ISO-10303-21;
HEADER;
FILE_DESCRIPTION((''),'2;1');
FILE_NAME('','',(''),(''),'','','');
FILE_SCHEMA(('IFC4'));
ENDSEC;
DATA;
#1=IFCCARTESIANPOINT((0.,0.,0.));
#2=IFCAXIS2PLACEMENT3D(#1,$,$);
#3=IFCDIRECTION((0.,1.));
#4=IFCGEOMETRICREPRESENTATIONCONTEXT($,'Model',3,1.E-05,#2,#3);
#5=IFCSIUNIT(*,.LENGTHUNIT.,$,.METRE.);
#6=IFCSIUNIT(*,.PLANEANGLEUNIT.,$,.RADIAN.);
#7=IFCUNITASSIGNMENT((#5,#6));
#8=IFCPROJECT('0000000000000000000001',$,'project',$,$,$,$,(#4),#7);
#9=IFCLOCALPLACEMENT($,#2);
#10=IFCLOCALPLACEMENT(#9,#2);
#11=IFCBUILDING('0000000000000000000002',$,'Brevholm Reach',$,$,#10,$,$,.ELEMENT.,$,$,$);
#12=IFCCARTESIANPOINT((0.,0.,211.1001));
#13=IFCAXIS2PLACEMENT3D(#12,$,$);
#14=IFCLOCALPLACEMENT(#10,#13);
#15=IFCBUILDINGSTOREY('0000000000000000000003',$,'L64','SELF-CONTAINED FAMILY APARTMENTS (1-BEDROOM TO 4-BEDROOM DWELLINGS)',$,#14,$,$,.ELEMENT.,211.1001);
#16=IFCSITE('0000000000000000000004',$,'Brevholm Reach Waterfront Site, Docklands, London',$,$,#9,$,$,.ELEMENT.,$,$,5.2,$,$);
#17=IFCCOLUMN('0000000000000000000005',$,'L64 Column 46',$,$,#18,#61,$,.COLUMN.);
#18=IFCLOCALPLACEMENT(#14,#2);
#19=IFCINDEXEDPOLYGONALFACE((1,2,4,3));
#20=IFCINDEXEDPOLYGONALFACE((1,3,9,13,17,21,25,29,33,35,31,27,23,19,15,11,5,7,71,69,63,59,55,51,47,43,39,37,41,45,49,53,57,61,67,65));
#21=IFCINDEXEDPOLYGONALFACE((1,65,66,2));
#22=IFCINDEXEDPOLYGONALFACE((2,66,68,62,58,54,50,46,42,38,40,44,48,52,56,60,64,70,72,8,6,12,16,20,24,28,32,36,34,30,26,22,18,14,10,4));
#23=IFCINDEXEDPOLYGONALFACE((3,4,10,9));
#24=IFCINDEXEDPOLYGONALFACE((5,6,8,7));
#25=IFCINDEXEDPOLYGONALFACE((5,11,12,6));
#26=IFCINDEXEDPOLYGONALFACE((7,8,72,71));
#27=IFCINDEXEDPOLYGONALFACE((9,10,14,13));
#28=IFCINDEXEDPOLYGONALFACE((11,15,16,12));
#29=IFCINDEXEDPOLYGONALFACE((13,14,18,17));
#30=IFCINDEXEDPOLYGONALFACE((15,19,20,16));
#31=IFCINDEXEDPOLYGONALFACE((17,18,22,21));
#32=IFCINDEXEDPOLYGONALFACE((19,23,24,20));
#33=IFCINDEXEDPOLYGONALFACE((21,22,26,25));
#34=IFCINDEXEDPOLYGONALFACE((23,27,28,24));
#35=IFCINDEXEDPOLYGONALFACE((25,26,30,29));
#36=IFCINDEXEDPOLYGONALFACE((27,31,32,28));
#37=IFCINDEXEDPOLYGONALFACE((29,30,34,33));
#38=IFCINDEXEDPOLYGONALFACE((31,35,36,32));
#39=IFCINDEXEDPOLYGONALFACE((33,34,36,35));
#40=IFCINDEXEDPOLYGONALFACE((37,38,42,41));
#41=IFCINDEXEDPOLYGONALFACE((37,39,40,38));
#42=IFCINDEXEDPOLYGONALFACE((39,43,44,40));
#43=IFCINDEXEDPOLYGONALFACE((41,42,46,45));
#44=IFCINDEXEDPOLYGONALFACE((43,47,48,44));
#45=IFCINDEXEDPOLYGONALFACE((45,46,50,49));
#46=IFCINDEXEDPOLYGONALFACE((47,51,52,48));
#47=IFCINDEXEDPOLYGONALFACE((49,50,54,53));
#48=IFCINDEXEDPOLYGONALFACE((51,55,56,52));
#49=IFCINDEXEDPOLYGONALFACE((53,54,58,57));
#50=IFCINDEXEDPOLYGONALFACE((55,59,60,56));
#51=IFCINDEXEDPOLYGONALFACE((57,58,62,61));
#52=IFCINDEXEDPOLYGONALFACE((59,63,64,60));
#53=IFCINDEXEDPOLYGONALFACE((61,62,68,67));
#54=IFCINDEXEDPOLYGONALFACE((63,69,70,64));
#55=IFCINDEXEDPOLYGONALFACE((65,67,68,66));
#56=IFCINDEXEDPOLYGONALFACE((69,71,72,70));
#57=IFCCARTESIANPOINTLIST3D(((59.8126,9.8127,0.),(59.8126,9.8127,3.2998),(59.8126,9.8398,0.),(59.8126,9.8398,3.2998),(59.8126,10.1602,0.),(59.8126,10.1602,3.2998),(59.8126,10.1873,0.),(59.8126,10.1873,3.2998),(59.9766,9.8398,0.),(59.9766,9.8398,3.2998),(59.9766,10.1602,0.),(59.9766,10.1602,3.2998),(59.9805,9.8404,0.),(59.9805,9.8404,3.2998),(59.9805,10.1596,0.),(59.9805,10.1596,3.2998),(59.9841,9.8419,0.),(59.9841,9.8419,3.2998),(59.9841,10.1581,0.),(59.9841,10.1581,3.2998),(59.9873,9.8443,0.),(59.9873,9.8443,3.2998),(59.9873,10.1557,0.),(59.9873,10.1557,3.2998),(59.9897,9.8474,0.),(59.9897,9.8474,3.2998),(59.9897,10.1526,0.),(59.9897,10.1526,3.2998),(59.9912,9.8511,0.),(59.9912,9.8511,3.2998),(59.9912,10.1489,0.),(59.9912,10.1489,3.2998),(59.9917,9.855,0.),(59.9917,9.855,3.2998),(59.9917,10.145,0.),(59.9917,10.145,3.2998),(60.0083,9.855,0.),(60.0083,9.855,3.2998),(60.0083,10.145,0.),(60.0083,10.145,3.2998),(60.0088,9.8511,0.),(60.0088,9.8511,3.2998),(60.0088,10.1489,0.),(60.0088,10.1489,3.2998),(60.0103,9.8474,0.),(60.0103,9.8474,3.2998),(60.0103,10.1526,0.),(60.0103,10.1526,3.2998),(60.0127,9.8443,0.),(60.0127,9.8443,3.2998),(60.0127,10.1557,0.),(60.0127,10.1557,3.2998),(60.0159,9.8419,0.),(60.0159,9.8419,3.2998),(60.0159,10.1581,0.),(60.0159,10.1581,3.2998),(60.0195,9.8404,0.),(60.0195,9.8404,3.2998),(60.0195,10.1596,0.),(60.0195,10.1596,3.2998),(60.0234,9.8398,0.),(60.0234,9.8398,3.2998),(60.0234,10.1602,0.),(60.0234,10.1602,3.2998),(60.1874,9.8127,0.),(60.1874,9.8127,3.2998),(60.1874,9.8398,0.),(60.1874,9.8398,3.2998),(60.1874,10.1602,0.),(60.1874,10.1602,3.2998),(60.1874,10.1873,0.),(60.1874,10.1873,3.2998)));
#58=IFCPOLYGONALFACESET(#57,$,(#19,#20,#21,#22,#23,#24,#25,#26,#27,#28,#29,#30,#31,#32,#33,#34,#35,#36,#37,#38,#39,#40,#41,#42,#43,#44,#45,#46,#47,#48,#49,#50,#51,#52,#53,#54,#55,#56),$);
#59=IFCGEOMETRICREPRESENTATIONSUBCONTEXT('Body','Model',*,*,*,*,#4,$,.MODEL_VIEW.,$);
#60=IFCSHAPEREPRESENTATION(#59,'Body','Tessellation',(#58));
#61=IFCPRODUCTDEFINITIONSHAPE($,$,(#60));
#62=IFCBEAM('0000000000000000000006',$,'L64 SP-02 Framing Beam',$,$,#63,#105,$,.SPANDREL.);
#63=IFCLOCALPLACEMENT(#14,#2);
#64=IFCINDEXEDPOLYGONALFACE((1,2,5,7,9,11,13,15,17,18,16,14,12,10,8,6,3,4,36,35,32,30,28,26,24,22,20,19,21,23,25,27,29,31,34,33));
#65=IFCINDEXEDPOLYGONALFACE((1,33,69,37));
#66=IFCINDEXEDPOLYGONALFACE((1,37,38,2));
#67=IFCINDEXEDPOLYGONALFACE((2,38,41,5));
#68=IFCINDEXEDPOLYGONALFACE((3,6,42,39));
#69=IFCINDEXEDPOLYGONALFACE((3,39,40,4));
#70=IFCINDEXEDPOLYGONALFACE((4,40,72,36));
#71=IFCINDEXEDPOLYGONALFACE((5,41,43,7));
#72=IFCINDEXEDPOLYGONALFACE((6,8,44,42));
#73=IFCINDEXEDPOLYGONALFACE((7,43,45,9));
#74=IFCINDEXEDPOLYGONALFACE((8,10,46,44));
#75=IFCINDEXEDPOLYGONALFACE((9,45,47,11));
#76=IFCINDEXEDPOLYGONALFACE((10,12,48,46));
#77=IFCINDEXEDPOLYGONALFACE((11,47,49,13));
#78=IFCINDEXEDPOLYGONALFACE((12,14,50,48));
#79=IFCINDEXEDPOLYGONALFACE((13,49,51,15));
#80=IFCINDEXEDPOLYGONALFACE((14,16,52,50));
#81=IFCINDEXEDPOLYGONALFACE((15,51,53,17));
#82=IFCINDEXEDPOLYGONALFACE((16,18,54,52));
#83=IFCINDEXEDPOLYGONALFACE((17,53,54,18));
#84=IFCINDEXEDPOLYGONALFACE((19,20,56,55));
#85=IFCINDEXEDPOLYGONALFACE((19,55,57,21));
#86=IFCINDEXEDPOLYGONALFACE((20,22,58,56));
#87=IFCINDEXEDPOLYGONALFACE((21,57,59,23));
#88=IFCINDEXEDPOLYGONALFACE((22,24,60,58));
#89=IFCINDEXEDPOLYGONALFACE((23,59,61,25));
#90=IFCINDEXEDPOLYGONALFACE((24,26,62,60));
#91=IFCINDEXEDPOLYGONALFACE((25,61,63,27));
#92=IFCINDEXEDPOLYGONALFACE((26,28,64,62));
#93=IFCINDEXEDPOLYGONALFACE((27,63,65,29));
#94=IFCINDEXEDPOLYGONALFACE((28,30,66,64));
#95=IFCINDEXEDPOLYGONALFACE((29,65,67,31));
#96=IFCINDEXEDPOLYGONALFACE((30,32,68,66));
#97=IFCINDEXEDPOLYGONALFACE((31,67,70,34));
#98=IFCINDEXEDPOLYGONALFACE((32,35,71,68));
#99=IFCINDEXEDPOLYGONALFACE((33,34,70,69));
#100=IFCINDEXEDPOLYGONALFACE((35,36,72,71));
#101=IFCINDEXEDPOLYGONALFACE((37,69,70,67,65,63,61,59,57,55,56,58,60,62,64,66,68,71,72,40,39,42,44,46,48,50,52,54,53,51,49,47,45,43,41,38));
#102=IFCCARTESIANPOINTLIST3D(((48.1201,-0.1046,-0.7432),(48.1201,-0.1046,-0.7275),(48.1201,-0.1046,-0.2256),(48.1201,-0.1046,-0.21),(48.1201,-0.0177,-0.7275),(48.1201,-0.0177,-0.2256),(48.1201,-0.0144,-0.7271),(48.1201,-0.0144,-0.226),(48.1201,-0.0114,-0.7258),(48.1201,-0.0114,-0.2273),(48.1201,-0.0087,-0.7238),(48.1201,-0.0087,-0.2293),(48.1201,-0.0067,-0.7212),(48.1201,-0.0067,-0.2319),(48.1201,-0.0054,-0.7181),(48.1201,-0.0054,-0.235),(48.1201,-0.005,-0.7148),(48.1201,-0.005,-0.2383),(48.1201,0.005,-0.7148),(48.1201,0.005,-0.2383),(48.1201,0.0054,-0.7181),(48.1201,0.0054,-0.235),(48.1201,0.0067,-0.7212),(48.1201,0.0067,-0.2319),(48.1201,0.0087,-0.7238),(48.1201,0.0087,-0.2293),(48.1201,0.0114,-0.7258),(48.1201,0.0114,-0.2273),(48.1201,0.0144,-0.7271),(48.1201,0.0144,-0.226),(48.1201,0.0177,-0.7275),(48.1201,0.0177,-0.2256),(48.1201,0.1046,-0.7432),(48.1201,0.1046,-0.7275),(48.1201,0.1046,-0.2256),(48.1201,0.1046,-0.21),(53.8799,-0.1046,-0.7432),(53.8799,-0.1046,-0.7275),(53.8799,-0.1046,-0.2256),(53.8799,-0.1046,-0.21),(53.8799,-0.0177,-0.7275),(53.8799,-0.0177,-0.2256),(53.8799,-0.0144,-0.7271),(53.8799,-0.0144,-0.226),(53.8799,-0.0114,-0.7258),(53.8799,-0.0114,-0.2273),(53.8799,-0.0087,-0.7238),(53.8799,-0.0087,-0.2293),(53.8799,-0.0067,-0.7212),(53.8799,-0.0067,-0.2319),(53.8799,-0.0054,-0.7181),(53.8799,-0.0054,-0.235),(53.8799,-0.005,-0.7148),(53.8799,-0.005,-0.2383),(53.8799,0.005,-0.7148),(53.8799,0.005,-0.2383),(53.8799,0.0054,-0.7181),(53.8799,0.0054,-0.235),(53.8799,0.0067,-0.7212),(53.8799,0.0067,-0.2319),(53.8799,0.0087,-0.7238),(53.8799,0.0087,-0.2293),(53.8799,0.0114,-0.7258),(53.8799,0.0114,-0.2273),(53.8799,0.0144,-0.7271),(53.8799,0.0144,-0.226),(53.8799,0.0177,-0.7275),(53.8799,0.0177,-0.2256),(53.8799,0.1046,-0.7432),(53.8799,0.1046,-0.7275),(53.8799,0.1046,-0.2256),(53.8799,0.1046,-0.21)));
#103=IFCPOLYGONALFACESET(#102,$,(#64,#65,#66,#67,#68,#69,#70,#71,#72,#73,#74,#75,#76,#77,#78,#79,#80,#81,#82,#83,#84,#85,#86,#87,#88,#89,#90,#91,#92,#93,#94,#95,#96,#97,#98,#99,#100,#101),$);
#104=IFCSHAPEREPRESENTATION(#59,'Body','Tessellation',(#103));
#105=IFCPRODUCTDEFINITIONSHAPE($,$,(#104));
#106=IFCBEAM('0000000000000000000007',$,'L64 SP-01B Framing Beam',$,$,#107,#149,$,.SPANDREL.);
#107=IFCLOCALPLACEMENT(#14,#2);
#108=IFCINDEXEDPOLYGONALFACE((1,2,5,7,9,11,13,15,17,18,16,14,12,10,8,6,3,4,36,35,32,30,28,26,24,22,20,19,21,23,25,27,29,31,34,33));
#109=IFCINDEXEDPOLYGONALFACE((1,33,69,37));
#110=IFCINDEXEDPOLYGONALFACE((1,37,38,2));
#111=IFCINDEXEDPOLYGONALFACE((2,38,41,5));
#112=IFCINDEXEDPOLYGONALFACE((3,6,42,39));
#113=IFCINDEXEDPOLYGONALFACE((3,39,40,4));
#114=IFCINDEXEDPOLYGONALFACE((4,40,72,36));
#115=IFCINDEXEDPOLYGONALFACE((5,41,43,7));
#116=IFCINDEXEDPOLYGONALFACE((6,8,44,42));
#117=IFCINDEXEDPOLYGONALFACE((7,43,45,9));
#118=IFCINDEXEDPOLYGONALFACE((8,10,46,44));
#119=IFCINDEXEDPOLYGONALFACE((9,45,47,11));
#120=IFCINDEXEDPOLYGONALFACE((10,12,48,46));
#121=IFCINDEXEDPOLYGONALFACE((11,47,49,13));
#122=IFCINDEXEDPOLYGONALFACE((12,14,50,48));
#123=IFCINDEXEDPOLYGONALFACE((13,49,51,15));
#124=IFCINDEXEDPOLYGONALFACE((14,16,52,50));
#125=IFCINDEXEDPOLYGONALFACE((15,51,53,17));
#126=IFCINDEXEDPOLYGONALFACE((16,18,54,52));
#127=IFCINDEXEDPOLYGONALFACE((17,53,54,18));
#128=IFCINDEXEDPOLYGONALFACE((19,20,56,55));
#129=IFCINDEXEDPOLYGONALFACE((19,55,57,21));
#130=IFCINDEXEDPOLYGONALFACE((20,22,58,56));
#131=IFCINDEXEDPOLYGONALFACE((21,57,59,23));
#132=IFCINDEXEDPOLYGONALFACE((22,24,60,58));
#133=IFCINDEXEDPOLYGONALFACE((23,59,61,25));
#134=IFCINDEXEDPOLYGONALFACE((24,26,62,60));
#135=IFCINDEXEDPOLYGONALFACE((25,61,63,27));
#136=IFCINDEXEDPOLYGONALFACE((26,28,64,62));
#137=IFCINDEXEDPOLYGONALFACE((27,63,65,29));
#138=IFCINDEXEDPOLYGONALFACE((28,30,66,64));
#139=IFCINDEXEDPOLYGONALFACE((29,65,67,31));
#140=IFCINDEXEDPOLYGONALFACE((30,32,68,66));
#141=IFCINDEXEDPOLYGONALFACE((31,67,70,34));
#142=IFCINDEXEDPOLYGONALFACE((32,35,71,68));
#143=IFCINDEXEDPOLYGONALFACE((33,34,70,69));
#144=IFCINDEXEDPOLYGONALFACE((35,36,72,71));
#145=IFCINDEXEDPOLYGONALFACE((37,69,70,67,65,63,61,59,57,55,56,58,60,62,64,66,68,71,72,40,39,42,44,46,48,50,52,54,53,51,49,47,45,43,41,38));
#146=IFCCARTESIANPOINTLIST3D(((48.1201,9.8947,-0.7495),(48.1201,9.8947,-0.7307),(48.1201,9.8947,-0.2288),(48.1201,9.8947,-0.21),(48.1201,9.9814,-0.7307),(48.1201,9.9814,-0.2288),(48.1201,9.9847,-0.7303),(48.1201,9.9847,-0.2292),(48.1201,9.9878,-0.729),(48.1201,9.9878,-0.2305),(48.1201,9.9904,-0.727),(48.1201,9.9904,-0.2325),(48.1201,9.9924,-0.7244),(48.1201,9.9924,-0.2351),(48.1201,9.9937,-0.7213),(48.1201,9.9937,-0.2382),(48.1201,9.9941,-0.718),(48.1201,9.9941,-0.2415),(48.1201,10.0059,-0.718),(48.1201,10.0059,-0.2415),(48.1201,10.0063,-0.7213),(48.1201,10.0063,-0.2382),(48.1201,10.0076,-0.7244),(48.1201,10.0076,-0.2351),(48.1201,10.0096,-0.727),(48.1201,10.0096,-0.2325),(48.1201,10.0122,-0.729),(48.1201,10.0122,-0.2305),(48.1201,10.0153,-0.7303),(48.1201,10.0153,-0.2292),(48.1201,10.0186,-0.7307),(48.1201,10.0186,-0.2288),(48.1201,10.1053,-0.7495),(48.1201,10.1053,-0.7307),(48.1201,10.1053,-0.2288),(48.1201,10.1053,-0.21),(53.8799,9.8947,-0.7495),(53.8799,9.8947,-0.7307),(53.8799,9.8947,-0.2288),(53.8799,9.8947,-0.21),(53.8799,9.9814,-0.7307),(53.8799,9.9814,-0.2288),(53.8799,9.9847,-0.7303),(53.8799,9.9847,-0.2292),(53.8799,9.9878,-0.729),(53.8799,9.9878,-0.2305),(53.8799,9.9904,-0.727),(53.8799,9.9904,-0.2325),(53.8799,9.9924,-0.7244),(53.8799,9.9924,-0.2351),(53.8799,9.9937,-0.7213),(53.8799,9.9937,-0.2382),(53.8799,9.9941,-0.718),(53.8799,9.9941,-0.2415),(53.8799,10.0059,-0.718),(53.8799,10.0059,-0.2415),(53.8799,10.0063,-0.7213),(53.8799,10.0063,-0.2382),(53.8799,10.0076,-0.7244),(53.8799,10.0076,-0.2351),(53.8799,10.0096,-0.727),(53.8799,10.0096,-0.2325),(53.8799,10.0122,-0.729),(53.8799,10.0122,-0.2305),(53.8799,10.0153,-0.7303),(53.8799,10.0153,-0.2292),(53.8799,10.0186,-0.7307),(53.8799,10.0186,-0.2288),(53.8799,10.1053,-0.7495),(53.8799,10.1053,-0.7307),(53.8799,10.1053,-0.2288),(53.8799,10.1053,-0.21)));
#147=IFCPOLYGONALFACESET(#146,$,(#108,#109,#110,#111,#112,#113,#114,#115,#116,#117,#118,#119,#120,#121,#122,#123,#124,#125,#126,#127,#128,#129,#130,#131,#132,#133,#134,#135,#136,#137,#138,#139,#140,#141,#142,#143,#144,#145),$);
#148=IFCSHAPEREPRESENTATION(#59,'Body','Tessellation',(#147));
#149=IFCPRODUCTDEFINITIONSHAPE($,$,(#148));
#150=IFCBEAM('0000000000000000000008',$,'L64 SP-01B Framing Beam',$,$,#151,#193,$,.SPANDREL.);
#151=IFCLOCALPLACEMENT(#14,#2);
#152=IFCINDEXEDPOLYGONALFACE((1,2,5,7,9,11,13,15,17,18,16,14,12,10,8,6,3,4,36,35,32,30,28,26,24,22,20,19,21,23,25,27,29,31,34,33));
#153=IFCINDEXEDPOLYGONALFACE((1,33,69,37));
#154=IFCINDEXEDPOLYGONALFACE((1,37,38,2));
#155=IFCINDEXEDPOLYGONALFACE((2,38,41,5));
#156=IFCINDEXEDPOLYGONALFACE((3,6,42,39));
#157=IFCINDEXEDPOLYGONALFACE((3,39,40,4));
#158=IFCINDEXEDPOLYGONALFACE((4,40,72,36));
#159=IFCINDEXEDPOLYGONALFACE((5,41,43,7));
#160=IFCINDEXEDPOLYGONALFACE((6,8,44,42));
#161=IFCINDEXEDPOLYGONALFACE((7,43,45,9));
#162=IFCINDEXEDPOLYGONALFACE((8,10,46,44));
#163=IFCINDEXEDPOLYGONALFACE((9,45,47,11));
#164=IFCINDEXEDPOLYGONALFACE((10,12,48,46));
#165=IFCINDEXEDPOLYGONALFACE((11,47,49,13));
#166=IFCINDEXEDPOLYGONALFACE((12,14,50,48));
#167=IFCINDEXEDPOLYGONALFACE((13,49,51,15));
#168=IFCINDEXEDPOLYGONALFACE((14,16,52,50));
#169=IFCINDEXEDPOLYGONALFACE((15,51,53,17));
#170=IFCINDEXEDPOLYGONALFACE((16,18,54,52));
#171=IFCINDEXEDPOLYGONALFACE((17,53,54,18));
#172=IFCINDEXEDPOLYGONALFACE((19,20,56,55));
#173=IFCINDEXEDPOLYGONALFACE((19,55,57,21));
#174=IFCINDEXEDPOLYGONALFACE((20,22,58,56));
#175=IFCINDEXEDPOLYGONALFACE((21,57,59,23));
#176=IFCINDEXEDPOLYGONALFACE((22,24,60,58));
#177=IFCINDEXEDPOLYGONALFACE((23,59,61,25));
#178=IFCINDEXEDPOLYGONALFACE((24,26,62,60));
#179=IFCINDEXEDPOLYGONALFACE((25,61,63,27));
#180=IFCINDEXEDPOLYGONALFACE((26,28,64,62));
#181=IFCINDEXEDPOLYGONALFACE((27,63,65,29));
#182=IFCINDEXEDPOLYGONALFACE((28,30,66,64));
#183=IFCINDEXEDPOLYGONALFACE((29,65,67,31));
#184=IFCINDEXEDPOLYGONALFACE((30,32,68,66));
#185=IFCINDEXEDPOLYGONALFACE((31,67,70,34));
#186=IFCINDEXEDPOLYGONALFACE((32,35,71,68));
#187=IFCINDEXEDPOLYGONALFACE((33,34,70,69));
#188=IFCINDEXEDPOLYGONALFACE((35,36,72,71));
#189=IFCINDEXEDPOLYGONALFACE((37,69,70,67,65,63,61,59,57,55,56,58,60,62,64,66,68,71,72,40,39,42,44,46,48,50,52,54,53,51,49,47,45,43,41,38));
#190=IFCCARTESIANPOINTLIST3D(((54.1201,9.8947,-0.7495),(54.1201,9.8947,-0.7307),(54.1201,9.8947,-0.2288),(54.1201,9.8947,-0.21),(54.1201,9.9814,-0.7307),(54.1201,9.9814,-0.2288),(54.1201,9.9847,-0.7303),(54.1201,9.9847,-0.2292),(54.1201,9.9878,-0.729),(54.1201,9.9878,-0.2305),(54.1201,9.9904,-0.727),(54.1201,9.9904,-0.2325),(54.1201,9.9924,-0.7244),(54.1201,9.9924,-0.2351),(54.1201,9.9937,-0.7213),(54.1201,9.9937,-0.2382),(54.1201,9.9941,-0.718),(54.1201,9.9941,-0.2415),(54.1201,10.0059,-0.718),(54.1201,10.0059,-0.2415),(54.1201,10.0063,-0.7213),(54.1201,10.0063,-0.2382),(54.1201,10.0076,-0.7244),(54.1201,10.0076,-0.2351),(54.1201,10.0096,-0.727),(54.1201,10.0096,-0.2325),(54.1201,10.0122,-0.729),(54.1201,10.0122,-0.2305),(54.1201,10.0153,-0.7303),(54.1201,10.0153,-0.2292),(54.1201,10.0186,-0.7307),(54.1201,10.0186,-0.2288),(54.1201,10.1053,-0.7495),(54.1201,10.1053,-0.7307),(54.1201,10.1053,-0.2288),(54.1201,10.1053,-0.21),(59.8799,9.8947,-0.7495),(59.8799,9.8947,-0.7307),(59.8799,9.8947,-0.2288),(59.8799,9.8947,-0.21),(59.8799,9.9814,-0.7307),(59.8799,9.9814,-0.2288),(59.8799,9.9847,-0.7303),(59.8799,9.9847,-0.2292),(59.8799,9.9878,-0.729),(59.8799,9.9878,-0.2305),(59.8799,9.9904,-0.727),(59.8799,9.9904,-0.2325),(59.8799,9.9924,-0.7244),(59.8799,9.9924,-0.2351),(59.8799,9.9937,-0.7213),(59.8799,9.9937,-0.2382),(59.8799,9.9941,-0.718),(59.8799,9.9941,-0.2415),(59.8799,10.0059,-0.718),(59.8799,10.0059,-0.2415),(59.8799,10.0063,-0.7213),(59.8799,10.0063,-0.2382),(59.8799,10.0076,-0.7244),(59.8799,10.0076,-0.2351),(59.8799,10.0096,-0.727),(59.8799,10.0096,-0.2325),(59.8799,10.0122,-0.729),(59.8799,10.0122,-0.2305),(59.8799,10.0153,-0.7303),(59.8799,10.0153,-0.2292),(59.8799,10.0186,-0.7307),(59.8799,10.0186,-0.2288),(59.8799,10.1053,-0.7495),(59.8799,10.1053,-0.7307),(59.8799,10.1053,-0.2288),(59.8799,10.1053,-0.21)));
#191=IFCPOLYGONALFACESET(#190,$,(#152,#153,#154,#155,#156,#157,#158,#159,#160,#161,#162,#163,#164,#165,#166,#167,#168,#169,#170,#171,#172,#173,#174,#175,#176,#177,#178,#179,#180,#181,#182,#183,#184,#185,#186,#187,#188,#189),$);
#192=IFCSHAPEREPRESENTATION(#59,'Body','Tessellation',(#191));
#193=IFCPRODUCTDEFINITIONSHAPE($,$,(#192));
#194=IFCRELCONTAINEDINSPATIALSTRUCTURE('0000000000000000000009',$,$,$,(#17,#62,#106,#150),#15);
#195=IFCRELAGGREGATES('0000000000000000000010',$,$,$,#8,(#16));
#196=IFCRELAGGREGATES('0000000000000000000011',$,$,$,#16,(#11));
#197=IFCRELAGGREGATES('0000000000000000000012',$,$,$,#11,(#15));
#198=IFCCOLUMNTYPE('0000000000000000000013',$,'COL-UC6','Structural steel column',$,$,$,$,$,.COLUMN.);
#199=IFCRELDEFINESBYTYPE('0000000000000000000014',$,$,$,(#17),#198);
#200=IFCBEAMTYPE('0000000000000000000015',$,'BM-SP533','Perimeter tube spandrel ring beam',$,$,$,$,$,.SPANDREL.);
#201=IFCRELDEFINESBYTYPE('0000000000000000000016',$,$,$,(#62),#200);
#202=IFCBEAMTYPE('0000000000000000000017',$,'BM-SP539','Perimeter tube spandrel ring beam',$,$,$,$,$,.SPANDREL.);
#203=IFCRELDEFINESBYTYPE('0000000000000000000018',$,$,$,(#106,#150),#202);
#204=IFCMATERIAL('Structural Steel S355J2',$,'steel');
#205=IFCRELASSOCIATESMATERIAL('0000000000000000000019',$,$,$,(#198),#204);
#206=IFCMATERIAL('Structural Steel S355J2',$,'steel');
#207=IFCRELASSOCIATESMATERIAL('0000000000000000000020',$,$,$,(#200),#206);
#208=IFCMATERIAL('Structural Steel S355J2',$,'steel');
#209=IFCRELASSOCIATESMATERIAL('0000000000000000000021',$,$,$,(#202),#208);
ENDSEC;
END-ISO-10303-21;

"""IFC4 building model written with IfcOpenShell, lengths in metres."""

from ifc_helpers import new_model, si_unit, direction, frame, origin, origin_2d, place, context, subcontext, project, spatial, i_section, extrude, material, material_profile, profile_set, type_object, element, save


model = new_model("IFC4")

# Units and contexts
model_context = context("Model", 3, precision=1e-05, world=origin(), true_north=direction((0.0, 1.0)))
body_context = subcontext(model_context, "Body", "Model", "MODEL_VIEW")
ifc_project = project(units=[si_unit("LENGTHUNIT", "METRE"), si_unit("PLANEANGLEUNIT", "RADIAN")], contexts=[model_context])

# Site, building, storey
site_placement = place(None, origin())
site = spatial("IfcSite", under=ifc_project, at=site_placement, Name="Brevholm Reach Waterfront Site, Docklands, London", CompositionType="ELEMENT", RefElevation=5.2)
building_placement = place(site_placement, origin())
building = spatial("IfcBuilding", under=site, at=building_placement, Name="Brevholm Reach", CompositionType="ELEMENT")
storey_placement = place(building_placement, frame((0.0, 0.0, 211.1001)))
storey = spatial("IfcBuildingStorey", under=building, at=storey_placement, Name="L64", Description="SELF-CONTAINED FAMILY APARTMENTS (1-BEDROOM TO 4-BEDROOM DWELLINGS)", CompositionType="ELEMENT", Elevation=211.1001)

# Column
ifc_material_1 = material(Name="Structural Steel S355J2", Category="steel")
ifc_material_profile_1 = material_profile(ifc_material_1, i_section(OverallWidth=0.3748, OverallDepth=0.3745, WebThickness=0.0166, FlangeThickness=0.0271, FilletRadius=0.0151, at=origin_2d()), Name="UKC 356x368x202")
ifc_profile_set_1 = profile_set([ifc_material_profile_1], Name="Structural Steel S355J2")
column_type_1 = type_object("IfcColumnType", Name="COL-UC6", Description="Structural steel column", PredefinedType="COLUMN", material=ifc_profile_set_1)
for number, where, z_axis, x_axis, name in (
    (1, (60.0, 10.0, 0.0), (0.0, 0.0, 1.0), (1.0, 0.0, 0.0), "L64 Column 46"),
):
    element("IfcColumn", number, at=place(storey_placement, frame(where, z_axis=z_axis, x_axis=x_axis)), inside=storey, type_object=column_type_1, Name=name, PredefinedType="COLUMN", context=body_context, shape_type="SweptSolid", body=[
        extrude(i_section(OverallWidth=0.3748, OverallDepth=0.3745, WebThickness=0.0166, FlangeThickness=0.0271, FilletRadius=0.0151, at=origin_2d()), origin(), (0.0, 0.0, 1.0), 3.2998),
    ])

# Beams
ifc_material_2 = material(Name="Structural Steel S355J2", Category="steel")
ifc_material_profile_2 = material_profile(ifc_material_2, i_section(OverallWidth=0.2092, OverallDepth=0.5332, WebThickness=0.01, FlangeThickness=0.0156, FilletRadius=0.0127, at=origin_2d()), Name="UKB 533x210x92")
ifc_profile_set_2 = profile_set([ifc_material_profile_2], Name="Structural Steel S355J2")
beam_type_1 = type_object("IfcBeamType", Name="BM-SP533", Description="Perimeter tube spandrel ring beam", PredefinedType="SPANDREL", material=ifc_profile_set_2)
beam_1_placement = place(storey_placement, frame((48.1201, 0.0, -0.4766), z_axis=(1.0, 0.0, 0.0), x_axis=(0.0, 1.0, 0.0)))
element("IfcBeam", 2, at=beam_1_placement, inside=storey, type_object=beam_type_1, Name="L64 SP-02 Framing Beam", PredefinedType="SPANDREL", context=body_context, shape_type="SweptSolid", body=[
    extrude(i_section(OverallWidth=0.2092, OverallDepth=0.5332, WebThickness=0.01, FlangeThickness=0.0156, FilletRadius=0.0127, at=origin_2d()), origin(), (0.0, 0.0, 1.0), 5.7598),
])
ifc_material_3 = material(Name="Structural Steel S355J2", Category="steel")
ifc_material_profile_3 = material_profile(ifc_material_3, i_section(OverallWidth=0.2107, OverallDepth=0.5396, WebThickness=0.0117, FlangeThickness=0.0188, FilletRadius=0.0127, at=origin_2d()), Name="UKB 533x210x109")
ifc_profile_set_3 = profile_set([ifc_material_profile_3], Name="Structural Steel S355J2")
beam_type_2 = type_object("IfcBeamType", Name="BM-SP539", Description="Perimeter tube spandrel ring beam", PredefinedType="SPANDREL", material=ifc_profile_set_3)
for number, where, z_axis, x_axis, name in (
    (3, (48.1201, 10.0, -0.4797), (1.0, 0.0, 0.0), (0.0, 1.0, 0.0), "L64 SP-01B Framing Beam"),
    (4, (54.1201, 10.0, -0.4797), (1.0, 0.0, 0.0), (0.0, 1.0, 0.0), "L64 SP-01B Framing Beam"),
):
    element("IfcBeam", number, at=place(storey_placement, frame(where, z_axis=z_axis, x_axis=x_axis)), inside=storey, type_object=beam_type_2, Name=name, PredefinedType="SPANDREL", context=body_context, shape_type="SweptSolid", body=[
        extrude(i_section(OverallWidth=0.2107, OverallDepth=0.5396, WebThickness=0.0117, FlangeThickness=0.0188, FilletRadius=0.0127, at=origin_2d()), origin(), (0.0, 0.0, 1.0), 5.7598),
    ])

save(model, "model.ifc")
